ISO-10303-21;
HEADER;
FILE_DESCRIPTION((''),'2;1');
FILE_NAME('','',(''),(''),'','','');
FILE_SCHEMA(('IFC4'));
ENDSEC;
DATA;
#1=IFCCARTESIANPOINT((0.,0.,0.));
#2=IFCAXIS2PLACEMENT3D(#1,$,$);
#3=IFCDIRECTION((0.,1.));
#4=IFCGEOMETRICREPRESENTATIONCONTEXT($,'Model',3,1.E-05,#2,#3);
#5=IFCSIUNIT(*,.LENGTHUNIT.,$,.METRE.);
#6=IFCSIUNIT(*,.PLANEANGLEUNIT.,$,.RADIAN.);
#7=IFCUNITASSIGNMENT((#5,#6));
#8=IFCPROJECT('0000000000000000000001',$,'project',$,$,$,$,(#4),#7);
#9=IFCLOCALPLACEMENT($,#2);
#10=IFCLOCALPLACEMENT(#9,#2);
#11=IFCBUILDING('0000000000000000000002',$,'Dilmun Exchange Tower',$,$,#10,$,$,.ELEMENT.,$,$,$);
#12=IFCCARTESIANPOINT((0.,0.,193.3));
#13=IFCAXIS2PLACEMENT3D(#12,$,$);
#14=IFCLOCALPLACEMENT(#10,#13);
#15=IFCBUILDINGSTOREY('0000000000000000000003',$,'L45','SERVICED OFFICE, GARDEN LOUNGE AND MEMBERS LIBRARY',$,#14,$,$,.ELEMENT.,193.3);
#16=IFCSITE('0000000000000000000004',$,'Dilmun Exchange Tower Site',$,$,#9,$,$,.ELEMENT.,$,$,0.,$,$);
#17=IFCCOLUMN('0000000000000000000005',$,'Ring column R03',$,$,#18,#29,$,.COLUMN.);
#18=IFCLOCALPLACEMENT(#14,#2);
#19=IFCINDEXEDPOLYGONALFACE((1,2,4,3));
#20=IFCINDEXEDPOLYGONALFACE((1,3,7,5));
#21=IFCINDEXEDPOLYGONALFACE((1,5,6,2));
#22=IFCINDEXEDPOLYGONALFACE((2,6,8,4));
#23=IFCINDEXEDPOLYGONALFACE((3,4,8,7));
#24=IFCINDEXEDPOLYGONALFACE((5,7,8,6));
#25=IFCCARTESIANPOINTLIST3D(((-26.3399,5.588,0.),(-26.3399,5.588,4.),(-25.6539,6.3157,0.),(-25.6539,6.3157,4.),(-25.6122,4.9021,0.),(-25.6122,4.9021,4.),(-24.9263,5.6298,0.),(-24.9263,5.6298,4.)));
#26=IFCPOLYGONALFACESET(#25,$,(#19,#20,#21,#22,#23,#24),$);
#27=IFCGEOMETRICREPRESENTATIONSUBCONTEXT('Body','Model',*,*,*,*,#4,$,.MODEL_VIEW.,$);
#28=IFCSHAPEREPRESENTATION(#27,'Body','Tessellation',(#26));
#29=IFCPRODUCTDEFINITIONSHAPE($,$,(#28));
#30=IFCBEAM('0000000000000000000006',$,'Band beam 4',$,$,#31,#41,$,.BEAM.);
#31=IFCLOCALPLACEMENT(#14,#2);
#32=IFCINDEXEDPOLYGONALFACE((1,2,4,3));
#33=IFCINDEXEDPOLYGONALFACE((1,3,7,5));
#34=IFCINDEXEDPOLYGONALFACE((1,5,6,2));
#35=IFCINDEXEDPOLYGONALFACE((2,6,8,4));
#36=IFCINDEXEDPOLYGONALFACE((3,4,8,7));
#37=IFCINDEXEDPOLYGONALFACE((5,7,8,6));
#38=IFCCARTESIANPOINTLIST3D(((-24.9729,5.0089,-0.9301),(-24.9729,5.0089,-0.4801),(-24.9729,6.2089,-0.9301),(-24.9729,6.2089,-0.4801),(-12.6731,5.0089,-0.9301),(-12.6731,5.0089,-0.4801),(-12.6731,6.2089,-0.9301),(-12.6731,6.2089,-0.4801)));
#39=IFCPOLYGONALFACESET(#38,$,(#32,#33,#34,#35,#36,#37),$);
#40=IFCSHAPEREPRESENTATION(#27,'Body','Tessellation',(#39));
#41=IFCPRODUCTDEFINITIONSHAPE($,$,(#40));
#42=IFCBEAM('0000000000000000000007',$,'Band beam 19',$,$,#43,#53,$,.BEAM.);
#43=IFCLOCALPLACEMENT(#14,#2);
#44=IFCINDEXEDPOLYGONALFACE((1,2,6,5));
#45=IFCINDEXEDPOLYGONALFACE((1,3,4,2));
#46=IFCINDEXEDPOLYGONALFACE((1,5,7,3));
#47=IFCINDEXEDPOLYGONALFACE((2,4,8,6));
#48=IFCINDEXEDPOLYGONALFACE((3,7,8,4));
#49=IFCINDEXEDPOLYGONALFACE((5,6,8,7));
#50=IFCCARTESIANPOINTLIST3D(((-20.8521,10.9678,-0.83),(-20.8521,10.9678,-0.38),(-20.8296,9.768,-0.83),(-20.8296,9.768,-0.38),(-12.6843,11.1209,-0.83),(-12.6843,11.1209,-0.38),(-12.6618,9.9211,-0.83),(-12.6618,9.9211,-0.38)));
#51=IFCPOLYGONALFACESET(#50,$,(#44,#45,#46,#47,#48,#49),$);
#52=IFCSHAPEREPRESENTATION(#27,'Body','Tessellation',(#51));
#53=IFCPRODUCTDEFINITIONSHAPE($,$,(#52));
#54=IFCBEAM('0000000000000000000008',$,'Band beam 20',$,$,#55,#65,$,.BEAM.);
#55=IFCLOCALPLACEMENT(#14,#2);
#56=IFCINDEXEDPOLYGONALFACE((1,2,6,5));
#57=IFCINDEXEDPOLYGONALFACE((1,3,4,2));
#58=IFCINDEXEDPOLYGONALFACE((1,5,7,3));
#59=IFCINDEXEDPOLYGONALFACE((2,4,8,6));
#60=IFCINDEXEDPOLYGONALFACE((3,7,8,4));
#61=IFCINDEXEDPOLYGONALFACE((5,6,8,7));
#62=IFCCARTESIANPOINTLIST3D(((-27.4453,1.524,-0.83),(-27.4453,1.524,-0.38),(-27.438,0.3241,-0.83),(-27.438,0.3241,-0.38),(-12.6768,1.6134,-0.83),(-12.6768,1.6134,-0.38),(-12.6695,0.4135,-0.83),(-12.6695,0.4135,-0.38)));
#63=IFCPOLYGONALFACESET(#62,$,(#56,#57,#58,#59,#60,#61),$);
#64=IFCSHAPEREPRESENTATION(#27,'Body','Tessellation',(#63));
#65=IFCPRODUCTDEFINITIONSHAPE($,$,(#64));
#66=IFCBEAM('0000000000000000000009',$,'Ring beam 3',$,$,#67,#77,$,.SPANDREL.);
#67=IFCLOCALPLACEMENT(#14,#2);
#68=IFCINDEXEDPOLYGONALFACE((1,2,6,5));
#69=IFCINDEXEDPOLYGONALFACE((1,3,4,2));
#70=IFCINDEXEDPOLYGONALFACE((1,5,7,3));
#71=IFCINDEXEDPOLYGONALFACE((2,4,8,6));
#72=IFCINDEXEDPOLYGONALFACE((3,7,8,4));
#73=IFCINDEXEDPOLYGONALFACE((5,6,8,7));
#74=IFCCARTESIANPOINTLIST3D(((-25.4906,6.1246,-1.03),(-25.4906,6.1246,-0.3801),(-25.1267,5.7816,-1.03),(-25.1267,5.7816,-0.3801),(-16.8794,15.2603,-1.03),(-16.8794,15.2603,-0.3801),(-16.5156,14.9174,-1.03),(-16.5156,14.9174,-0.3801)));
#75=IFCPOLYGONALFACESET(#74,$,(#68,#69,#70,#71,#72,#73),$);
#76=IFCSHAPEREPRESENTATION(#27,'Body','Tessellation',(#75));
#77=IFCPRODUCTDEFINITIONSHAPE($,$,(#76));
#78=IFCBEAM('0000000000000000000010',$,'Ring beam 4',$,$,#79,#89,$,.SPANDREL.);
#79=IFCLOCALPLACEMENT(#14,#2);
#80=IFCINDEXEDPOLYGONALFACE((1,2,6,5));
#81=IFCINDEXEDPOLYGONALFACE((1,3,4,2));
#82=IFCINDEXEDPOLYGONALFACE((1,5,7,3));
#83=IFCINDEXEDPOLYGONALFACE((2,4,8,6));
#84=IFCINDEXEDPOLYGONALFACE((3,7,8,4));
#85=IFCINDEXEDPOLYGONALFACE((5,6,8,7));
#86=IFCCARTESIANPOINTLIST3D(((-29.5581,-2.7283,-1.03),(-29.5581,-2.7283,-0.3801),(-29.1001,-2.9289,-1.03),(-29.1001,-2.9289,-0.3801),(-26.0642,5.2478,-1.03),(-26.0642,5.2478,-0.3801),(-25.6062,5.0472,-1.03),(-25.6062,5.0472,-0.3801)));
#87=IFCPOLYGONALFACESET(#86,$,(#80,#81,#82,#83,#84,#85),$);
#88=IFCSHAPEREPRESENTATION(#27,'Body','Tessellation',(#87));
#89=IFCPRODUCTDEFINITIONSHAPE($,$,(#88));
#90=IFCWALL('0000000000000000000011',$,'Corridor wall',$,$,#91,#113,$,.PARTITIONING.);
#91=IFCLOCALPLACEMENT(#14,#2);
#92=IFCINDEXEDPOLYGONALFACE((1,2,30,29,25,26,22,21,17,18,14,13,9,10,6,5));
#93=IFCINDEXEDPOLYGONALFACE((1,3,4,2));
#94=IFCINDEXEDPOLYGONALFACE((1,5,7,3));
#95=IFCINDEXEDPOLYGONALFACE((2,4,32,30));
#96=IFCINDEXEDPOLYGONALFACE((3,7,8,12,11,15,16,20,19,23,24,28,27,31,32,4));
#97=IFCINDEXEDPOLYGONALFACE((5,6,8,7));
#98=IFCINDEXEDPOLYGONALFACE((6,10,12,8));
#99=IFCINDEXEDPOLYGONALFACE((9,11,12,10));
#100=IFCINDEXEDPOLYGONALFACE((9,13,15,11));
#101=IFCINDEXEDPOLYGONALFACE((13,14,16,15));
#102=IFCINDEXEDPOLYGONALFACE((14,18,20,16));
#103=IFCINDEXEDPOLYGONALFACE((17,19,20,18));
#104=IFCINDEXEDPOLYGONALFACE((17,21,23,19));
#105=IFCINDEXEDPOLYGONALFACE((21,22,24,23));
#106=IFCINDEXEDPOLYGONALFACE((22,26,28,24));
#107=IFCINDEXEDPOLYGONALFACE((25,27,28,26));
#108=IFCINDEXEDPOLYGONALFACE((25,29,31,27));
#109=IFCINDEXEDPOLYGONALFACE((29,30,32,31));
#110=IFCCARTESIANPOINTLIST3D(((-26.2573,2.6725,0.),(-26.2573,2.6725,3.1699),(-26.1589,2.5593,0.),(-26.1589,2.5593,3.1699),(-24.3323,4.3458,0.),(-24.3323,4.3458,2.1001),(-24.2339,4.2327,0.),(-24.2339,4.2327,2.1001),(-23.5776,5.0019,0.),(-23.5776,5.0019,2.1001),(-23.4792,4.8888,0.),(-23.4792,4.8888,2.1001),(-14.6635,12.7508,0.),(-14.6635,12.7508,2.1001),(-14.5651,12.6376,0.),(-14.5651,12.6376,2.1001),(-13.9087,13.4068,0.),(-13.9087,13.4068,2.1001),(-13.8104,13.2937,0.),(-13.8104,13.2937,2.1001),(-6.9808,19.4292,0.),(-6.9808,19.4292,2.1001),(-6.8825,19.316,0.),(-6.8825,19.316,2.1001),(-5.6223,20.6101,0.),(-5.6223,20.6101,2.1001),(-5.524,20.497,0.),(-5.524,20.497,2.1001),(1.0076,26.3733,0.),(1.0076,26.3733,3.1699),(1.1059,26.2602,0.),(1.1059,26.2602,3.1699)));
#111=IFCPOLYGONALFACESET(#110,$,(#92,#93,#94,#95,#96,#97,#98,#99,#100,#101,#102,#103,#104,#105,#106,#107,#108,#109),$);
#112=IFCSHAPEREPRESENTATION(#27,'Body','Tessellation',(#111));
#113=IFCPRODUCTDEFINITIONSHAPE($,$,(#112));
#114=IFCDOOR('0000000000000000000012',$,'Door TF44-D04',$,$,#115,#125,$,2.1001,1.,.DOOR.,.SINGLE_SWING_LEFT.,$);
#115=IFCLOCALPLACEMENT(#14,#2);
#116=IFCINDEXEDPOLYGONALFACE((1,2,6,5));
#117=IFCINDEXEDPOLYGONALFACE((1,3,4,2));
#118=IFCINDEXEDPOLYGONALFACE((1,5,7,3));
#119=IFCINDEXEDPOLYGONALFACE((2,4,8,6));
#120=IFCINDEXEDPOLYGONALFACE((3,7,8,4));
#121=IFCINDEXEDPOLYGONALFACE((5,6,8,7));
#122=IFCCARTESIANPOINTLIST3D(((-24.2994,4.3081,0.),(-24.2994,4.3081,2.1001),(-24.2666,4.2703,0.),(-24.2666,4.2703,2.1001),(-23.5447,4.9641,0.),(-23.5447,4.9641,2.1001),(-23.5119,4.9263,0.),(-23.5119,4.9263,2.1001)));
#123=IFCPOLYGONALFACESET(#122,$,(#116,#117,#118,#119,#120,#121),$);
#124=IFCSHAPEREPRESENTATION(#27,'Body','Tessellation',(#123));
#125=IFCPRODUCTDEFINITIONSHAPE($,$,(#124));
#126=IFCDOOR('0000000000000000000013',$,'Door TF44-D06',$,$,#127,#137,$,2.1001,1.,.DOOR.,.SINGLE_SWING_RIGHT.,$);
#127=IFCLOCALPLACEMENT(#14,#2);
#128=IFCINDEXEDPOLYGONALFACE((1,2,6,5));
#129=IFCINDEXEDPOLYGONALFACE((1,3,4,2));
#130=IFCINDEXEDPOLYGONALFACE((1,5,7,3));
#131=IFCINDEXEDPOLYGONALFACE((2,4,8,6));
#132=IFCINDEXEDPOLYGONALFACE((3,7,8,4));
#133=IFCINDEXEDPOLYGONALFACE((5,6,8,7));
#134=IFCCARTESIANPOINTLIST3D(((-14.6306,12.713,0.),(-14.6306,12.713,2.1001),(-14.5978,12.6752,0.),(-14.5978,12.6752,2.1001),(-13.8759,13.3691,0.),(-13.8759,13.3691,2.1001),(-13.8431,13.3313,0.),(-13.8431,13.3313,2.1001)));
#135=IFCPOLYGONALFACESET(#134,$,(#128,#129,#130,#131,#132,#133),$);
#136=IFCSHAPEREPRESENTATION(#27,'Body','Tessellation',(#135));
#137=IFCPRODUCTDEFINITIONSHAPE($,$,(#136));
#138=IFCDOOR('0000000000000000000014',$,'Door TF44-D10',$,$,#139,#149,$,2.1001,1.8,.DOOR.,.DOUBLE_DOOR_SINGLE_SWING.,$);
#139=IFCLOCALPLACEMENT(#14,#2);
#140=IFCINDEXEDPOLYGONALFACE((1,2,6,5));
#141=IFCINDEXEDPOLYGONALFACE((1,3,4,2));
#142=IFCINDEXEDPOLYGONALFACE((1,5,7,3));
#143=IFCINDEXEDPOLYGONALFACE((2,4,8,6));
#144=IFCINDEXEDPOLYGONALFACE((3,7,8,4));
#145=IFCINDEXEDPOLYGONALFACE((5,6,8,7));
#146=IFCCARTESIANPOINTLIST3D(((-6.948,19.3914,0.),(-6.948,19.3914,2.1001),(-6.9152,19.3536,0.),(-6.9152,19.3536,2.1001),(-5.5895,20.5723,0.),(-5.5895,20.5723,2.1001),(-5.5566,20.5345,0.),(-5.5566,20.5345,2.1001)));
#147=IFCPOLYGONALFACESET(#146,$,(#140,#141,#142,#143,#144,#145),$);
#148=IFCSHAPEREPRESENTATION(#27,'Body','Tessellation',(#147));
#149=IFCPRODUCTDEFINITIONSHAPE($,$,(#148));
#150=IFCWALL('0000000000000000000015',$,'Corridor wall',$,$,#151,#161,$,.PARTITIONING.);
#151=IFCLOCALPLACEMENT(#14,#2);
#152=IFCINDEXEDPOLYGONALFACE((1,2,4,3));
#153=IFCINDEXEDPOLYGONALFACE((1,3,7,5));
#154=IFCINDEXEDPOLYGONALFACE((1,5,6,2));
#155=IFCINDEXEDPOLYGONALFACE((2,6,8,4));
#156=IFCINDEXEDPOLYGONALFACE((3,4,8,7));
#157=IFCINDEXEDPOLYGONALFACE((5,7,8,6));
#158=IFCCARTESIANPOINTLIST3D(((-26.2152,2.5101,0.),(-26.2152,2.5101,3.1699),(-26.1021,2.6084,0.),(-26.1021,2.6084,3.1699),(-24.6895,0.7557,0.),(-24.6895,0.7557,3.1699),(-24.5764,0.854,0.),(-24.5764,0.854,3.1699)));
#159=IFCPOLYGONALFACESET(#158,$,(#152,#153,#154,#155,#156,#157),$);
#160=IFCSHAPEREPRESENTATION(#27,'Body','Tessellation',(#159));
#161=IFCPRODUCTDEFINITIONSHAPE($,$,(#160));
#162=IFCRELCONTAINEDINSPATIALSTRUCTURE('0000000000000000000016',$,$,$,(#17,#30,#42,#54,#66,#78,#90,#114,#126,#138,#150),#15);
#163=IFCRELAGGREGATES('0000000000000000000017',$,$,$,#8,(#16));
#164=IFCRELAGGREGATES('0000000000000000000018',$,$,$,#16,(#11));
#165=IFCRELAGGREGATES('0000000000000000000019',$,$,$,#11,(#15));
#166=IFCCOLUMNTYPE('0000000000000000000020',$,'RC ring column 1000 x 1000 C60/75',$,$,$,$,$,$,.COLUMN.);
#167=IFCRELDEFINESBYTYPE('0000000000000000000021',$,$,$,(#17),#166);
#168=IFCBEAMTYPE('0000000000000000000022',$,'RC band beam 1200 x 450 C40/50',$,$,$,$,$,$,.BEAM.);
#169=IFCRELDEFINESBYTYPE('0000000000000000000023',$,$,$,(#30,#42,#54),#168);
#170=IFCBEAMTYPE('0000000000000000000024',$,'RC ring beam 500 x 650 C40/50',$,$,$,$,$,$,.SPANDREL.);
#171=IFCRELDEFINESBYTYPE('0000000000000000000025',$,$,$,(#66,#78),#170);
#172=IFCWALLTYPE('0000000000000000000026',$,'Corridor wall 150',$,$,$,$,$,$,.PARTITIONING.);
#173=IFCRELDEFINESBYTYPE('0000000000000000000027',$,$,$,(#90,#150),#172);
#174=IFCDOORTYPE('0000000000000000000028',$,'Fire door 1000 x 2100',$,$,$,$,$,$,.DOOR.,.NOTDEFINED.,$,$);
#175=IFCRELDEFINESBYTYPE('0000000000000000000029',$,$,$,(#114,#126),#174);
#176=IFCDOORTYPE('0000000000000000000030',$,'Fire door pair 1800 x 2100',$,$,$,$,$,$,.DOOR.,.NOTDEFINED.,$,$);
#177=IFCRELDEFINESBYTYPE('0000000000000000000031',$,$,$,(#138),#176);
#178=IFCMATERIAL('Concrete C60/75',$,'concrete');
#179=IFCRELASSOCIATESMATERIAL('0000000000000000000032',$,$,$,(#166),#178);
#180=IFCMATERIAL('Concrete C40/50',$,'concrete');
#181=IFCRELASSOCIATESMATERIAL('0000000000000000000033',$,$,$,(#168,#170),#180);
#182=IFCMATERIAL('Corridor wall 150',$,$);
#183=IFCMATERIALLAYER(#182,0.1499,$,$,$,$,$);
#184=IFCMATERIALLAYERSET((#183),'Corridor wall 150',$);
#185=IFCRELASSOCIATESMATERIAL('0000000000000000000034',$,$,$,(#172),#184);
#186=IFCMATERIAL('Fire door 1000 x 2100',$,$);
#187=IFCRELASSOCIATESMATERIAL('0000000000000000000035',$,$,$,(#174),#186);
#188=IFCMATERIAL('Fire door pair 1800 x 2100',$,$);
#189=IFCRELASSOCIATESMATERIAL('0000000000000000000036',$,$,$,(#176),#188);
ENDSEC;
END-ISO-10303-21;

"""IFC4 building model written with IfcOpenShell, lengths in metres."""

from ifc_helpers import new_model, si_unit, direction, frame, frame_2d, origin, origin_2d, place, context, subcontext, project, spatial, rectangle, extrude, material, layer, layer_set, material_profile, profile_set, type_object, element, fill, save


model = new_model("IFC4")

# Units and contexts
model_context = context("Model", 3, precision=1e-05, world=origin(), true_north=direction((0.0, 1.0)))
body_context = subcontext(model_context, "Body", "Model", "MODEL_VIEW")
ifc_project = project(units=[si_unit("LENGTHUNIT", "METRE"), si_unit("PLANEANGLEUNIT", "RADIAN")], contexts=[model_context])

# Site, building, storey
site_placement = place(None, origin())
site = spatial("IfcSite", under=ifc_project, at=site_placement, Name="Dilmun Exchange Tower Site", CompositionType="ELEMENT", RefElevation=0.0)
building_placement = place(site_placement, origin())
building = spatial("IfcBuilding", under=site, at=building_placement, Name="Dilmun Exchange Tower", CompositionType="ELEMENT")
storey_placement = place(building_placement, frame((0.0, 0.0, 193.3)))
storey = spatial("IfcBuildingStorey", under=building, at=storey_placement, Name="L45", Description="SERVICED OFFICE, GARDEN LOUNGE AND MEMBERS LIBRARY", CompositionType="ELEMENT", Elevation=193.3)

# Column
ifc_material_1 = material(Name="Concrete C60/75", Category="concrete")
ifc_material_profile_1 = material_profile(ifc_material_1, rectangle(XDim=1.0, YDim=1.0, at=origin_2d()), Name="1000 x 1000")
ifc_profile_set_1 = profile_set([ifc_material_profile_1], Name="Concrete C60/75")
column_type = type_object("IfcColumnType", Name="RC ring column 1000 x 1000 C60/75", PredefinedType="COLUMN", material=ifc_profile_set_1)
column_placement = place(storey_placement, frame((-25.6331, 5.6089, 0.0), z_axis=(0.0, 0.0, 1.0), x_axis=(0.685916, 0.727681, 0.0)))
element("IfcColumn", 1, at=column_placement, inside=storey, type_object=column_type, Name="Ring column R03", PredefinedType="COLUMN", context=body_context, shape_type="SweptSolid", body=[
    extrude(rectangle(XDim=1.0, YDim=1.0, at=origin_2d()), origin(), (0.0, 0.0, 1.0), 4.0),
])

# Beams
ifc_material_2 = material(Name="Concrete C40/50", Category="concrete")
ifc_material_profile_2 = material_profile(ifc_material_2, rectangle(XDim=1.2, YDim=0.45, at=origin_2d()), Name="1200 x 450")
ifc_profile_set_2 = profile_set([ifc_material_profile_2], Name="Concrete C40/50")
beam_type_1 = type_object("IfcBeamType", Name="RC band beam 1200 x 450 C40/50", PredefinedType="BEAM", material=ifc_profile_set_2)
beam_1_placement = place(storey_placement, frame((-24.9729, 5.6089, -0.7051), z_axis=(1.0, 0.0, 0.0), x_axis=(0.0, 1.0, 0.0)))
element("IfcBeam", 2, at=beam_1_placement, inside=storey, type_object=beam_type_1, Name="Band beam 4", PredefinedType="BEAM", context=body_context, shape_type="SweptSolid", body=[
    extrude(rectangle(XDim=1.2, YDim=0.45, at=origin_2d()), origin(), (0.0, 0.0, 1.0), 12.2998),
])
beam_2_placement = place(storey_placement, frame((-20.8408, 10.3679, -0.605), z_axis=(0.999824, 0.018738, 0.0), x_axis=(-0.018738, 0.999824, 0.0)))
element("IfcBeam", 3, at=beam_2_placement, inside=storey, type_object=beam_type_1, Name="Band beam 19", PredefinedType="BEAM", context=body_context, shape_type="SweptSolid", body=[
    extrude(rectangle(XDim=1.2, YDim=0.45, at=origin_2d()), origin(), (0.0, 0.0, 1.0), 8.1692),
])
beam_3_placement = place(storey_placement, frame((-27.4417, 0.9241, -0.605), z_axis=(0.999982, 0.00605, 0.0), x_axis=(-0.00605, 0.999982, 0.0)))
element("IfcBeam", 4, at=beam_3_placement, inside=storey, type_object=beam_type_1, Name="Band beam 20", PredefinedType="BEAM", context=body_context, shape_type="SweptSolid", body=[
    extrude(rectangle(XDim=1.2, YDim=0.45, at=origin_2d()), origin(), (0.0, 0.0, 1.0), 14.7688),
])
ifc_material_profile_3 = material_profile(ifc_material_2, rectangle(XDim=0.5, YDim=0.6499, at=origin_2d()), Name="500 x 650")
ifc_profile_set_3 = profile_set([ifc_material_profile_3], Name="Concrete C40/50")
beam_type_2 = type_object("IfcBeamType", Name="RC ring beam 500 x 650 C40/50", PredefinedType="SPANDREL", material=ifc_profile_set_3)
beam_4_placement = place(storey_placement, frame((-16.6975, 15.0889, -0.7051), z_axis=(-0.685903, -0.727693, 0.0), x_axis=(0.727693, -0.685903, 0.0)))
element("IfcBeam", 5, at=beam_4_placement, inside=storey, type_object=beam_type_2, Name="Ring beam 3", PredefinedType="SPANDREL", context=body_context, shape_type="SweptSolid", body=[
    extrude(rectangle(XDim=0.5, YDim=0.6499, at=origin_2d()), origin(), (0.0, 0.0, 1.0), 12.5544),
])
beam_5_placement = place(storey_placement, frame((-25.8352, 5.1475, -0.7051), z_axis=(-0.401239, -0.915973, 0.0), x_axis=(0.915973, -0.401239, 0.0)))
element("IfcBeam", 6, at=beam_5_placement, inside=storey, type_object=beam_type_2, Name="Ring beam 4", PredefinedType="SPANDREL", context=body_context, shape_type="SweptSolid", body=[
    extrude(rectangle(XDim=0.5, YDim=0.6499, at=origin_2d()), origin(), (0.0, 0.0, 1.0), 8.7078),
])

# Wall, openings, doors
ifc_material_3 = material(Name="Corridor wall 150")
ifc_layer_1 = layer(ifc_material_3, 0.1499)
ifc_layer_set_1 = layer_set([ifc_layer_1], Name="Corridor wall 150")
wall_type_1 = type_object("IfcWallType", Name="Corridor wall 150", PredefinedType="PARTITIONING", material=ifc_layer_set_1)
wall_1_placement = place(storey_placement, frame((-26.208, 2.616, 0.0), z_axis=(0.0, 0.0, 1.0), x_axis=(0.754711, 0.656058, 0.0)))
wall_1 = element("IfcWall", 7, at=wall_1_placement, inside=storey, type_object=wall_type_1, Name="Corridor wall", PredefinedType="PARTITIONING", context=body_context, shape_type="SweptSolid", body=[
    extrude(rectangle(XDim=36.1262, YDim=0.1499, at=frame_2d((18.063, 0.0))), origin(), (0.0, 0.0, 1.0), 3.1699),
])
opening_1_placement = place(wall_1_placement, frame((2.5505, 0.0, 0.0)))
opening_1 = element("IfcOpeningElement", 8, at=opening_1_placement, cuts=wall_1, PredefinedType="OPENING", context=body_context, shape_type="SweptSolid", body=[
    extrude(rectangle(XDim=1.0, YDim=2.1001, at=frame_2d((0.5, 1.05))), frame((0.0, 0.085, 0.0), z_axis=(0.0, -1.0, 0.0), x_axis=(1.0, 0.0, 0.0)), (0.0, 0.0, 1.0), 0.1699),
])
opening_2_placement = place(wall_1_placement, frame((15.3618, 0.0, 0.0)))
opening_2 = element("IfcOpeningElement", 9, at=opening_2_placement, cuts=wall_1, PredefinedType="OPENING", context=body_context, shape_type="SweptSolid", body=[
    extrude(rectangle(XDim=1.0, YDim=2.1001, at=frame_2d((0.5, 1.05))), frame((0.0, 0.085, 0.0), z_axis=(0.0, -1.0, 0.0), x_axis=(1.0, 0.0, 0.0)), (0.0, 0.0, 1.0), 0.1699),
])
opening_3_placement = place(wall_1_placement, frame((25.5415, 0.0, 0.0)))
opening_3 = element("IfcOpeningElement", 10, at=opening_3_placement, cuts=wall_1, PredefinedType="OPENING", context=body_context, shape_type="SweptSolid", body=[
    extrude(rectangle(XDim=1.8, YDim=2.1001, at=frame_2d((0.8999, 1.05))), frame((0.0, 0.085, 0.0), z_axis=(0.0, -1.0, 0.0), x_axis=(1.0, 0.0, 0.0)), (0.0, 0.0, 1.0), 0.1699),
])
ifc_material_4 = material(Name="Fire door 1000 x 2100")
door_type_1 = type_object("IfcDoorType", Name="Fire door 1000 x 2100", OperationType="NOTDEFINED", PredefinedType="DOOR", material=ifc_material_4)
door_1_placement = place(opening_1_placement, origin())
door_1 = element("IfcDoor", 11, at=door_1_placement, inside=storey, type_object=door_type_1, Name="Door TF44-D04", OperationType="SINGLE_SWING_LEFT", OverallHeight=2.1001, OverallWidth=1.0, PredefinedType="DOOR", context=body_context, shape_type="SweptSolid", body=[
    extrude(rectangle(XDim=1.0, YDim=2.1001, at=frame_2d((0.5, 1.05))), frame((0.0, 0.0249, 0.0), z_axis=(0.0, -1.0, 0.0), x_axis=(1.0, 0.0, 0.0)), (0.0, 0.0, 1.0), 0.05),
])
fill(opening_1, door_1)
door_2_placement = place(opening_2_placement, origin())
door_2 = element("IfcDoor", 12, at=door_2_placement, inside=storey, type_object=door_type_1, Name="Door TF44-D06", OperationType="SINGLE_SWING_RIGHT", OverallHeight=2.1001, OverallWidth=1.0, PredefinedType="DOOR", context=body_context, shape_type="SweptSolid", body=[
    extrude(rectangle(XDim=1.0, YDim=2.1001, at=frame_2d((0.5, 1.05))), frame((0.0, 0.0249, 0.0), z_axis=(0.0, -1.0, 0.0), x_axis=(1.0, 0.0, 0.0)), (0.0, 0.0, 1.0), 0.05),
])
fill(opening_2, door_2)
ifc_material_5 = material(Name="Fire door pair 1800 x 2100")
door_type_2 = type_object("IfcDoorType", Name="Fire door pair 1800 x 2100", OperationType="NOTDEFINED", PredefinedType="DOOR", material=ifc_material_5)
door_3_placement = place(opening_3_placement, origin())
door_3 = element("IfcDoor", 13, at=door_3_placement, inside=storey, type_object=door_type_2, Name="Door TF44-D10", OperationType="DOUBLE_DOOR_SINGLE_SWING", OverallHeight=2.1001, OverallWidth=1.8, PredefinedType="DOOR", context=body_context, shape_type="SweptSolid", body=[
    extrude(rectangle(XDim=1.8, YDim=2.1001, at=frame_2d((0.8999, 1.05))), frame((0.0, 0.0249, 0.0), z_axis=(0.0, -1.0, 0.0), x_axis=(1.0, 0.0, 0.0)), (0.0, 0.0, 1.0), 0.05),
])
fill(opening_3, door_3)

# Wall
wall_2_placement = place(storey_placement, frame((-26.1587, 2.5593, 0.0), z_axis=(0.0, 0.0, 1.0), x_axis=(0.656197, -0.75459, 0.0)))
element("IfcWall", 14, at=wall_2_placement, inside=storey, type_object=wall_type_1, Name="Corridor wall", PredefinedType="PARTITIONING", context=body_context, shape_type="SweptSolid", body=[
    extrude(rectangle(XDim=2.325, YDim=0.1499, at=frame_2d((1.1626, 0.0))), origin(), (0.0, 0.0, 1.0), 3.1699),
])

save(model, "model.ifc")
